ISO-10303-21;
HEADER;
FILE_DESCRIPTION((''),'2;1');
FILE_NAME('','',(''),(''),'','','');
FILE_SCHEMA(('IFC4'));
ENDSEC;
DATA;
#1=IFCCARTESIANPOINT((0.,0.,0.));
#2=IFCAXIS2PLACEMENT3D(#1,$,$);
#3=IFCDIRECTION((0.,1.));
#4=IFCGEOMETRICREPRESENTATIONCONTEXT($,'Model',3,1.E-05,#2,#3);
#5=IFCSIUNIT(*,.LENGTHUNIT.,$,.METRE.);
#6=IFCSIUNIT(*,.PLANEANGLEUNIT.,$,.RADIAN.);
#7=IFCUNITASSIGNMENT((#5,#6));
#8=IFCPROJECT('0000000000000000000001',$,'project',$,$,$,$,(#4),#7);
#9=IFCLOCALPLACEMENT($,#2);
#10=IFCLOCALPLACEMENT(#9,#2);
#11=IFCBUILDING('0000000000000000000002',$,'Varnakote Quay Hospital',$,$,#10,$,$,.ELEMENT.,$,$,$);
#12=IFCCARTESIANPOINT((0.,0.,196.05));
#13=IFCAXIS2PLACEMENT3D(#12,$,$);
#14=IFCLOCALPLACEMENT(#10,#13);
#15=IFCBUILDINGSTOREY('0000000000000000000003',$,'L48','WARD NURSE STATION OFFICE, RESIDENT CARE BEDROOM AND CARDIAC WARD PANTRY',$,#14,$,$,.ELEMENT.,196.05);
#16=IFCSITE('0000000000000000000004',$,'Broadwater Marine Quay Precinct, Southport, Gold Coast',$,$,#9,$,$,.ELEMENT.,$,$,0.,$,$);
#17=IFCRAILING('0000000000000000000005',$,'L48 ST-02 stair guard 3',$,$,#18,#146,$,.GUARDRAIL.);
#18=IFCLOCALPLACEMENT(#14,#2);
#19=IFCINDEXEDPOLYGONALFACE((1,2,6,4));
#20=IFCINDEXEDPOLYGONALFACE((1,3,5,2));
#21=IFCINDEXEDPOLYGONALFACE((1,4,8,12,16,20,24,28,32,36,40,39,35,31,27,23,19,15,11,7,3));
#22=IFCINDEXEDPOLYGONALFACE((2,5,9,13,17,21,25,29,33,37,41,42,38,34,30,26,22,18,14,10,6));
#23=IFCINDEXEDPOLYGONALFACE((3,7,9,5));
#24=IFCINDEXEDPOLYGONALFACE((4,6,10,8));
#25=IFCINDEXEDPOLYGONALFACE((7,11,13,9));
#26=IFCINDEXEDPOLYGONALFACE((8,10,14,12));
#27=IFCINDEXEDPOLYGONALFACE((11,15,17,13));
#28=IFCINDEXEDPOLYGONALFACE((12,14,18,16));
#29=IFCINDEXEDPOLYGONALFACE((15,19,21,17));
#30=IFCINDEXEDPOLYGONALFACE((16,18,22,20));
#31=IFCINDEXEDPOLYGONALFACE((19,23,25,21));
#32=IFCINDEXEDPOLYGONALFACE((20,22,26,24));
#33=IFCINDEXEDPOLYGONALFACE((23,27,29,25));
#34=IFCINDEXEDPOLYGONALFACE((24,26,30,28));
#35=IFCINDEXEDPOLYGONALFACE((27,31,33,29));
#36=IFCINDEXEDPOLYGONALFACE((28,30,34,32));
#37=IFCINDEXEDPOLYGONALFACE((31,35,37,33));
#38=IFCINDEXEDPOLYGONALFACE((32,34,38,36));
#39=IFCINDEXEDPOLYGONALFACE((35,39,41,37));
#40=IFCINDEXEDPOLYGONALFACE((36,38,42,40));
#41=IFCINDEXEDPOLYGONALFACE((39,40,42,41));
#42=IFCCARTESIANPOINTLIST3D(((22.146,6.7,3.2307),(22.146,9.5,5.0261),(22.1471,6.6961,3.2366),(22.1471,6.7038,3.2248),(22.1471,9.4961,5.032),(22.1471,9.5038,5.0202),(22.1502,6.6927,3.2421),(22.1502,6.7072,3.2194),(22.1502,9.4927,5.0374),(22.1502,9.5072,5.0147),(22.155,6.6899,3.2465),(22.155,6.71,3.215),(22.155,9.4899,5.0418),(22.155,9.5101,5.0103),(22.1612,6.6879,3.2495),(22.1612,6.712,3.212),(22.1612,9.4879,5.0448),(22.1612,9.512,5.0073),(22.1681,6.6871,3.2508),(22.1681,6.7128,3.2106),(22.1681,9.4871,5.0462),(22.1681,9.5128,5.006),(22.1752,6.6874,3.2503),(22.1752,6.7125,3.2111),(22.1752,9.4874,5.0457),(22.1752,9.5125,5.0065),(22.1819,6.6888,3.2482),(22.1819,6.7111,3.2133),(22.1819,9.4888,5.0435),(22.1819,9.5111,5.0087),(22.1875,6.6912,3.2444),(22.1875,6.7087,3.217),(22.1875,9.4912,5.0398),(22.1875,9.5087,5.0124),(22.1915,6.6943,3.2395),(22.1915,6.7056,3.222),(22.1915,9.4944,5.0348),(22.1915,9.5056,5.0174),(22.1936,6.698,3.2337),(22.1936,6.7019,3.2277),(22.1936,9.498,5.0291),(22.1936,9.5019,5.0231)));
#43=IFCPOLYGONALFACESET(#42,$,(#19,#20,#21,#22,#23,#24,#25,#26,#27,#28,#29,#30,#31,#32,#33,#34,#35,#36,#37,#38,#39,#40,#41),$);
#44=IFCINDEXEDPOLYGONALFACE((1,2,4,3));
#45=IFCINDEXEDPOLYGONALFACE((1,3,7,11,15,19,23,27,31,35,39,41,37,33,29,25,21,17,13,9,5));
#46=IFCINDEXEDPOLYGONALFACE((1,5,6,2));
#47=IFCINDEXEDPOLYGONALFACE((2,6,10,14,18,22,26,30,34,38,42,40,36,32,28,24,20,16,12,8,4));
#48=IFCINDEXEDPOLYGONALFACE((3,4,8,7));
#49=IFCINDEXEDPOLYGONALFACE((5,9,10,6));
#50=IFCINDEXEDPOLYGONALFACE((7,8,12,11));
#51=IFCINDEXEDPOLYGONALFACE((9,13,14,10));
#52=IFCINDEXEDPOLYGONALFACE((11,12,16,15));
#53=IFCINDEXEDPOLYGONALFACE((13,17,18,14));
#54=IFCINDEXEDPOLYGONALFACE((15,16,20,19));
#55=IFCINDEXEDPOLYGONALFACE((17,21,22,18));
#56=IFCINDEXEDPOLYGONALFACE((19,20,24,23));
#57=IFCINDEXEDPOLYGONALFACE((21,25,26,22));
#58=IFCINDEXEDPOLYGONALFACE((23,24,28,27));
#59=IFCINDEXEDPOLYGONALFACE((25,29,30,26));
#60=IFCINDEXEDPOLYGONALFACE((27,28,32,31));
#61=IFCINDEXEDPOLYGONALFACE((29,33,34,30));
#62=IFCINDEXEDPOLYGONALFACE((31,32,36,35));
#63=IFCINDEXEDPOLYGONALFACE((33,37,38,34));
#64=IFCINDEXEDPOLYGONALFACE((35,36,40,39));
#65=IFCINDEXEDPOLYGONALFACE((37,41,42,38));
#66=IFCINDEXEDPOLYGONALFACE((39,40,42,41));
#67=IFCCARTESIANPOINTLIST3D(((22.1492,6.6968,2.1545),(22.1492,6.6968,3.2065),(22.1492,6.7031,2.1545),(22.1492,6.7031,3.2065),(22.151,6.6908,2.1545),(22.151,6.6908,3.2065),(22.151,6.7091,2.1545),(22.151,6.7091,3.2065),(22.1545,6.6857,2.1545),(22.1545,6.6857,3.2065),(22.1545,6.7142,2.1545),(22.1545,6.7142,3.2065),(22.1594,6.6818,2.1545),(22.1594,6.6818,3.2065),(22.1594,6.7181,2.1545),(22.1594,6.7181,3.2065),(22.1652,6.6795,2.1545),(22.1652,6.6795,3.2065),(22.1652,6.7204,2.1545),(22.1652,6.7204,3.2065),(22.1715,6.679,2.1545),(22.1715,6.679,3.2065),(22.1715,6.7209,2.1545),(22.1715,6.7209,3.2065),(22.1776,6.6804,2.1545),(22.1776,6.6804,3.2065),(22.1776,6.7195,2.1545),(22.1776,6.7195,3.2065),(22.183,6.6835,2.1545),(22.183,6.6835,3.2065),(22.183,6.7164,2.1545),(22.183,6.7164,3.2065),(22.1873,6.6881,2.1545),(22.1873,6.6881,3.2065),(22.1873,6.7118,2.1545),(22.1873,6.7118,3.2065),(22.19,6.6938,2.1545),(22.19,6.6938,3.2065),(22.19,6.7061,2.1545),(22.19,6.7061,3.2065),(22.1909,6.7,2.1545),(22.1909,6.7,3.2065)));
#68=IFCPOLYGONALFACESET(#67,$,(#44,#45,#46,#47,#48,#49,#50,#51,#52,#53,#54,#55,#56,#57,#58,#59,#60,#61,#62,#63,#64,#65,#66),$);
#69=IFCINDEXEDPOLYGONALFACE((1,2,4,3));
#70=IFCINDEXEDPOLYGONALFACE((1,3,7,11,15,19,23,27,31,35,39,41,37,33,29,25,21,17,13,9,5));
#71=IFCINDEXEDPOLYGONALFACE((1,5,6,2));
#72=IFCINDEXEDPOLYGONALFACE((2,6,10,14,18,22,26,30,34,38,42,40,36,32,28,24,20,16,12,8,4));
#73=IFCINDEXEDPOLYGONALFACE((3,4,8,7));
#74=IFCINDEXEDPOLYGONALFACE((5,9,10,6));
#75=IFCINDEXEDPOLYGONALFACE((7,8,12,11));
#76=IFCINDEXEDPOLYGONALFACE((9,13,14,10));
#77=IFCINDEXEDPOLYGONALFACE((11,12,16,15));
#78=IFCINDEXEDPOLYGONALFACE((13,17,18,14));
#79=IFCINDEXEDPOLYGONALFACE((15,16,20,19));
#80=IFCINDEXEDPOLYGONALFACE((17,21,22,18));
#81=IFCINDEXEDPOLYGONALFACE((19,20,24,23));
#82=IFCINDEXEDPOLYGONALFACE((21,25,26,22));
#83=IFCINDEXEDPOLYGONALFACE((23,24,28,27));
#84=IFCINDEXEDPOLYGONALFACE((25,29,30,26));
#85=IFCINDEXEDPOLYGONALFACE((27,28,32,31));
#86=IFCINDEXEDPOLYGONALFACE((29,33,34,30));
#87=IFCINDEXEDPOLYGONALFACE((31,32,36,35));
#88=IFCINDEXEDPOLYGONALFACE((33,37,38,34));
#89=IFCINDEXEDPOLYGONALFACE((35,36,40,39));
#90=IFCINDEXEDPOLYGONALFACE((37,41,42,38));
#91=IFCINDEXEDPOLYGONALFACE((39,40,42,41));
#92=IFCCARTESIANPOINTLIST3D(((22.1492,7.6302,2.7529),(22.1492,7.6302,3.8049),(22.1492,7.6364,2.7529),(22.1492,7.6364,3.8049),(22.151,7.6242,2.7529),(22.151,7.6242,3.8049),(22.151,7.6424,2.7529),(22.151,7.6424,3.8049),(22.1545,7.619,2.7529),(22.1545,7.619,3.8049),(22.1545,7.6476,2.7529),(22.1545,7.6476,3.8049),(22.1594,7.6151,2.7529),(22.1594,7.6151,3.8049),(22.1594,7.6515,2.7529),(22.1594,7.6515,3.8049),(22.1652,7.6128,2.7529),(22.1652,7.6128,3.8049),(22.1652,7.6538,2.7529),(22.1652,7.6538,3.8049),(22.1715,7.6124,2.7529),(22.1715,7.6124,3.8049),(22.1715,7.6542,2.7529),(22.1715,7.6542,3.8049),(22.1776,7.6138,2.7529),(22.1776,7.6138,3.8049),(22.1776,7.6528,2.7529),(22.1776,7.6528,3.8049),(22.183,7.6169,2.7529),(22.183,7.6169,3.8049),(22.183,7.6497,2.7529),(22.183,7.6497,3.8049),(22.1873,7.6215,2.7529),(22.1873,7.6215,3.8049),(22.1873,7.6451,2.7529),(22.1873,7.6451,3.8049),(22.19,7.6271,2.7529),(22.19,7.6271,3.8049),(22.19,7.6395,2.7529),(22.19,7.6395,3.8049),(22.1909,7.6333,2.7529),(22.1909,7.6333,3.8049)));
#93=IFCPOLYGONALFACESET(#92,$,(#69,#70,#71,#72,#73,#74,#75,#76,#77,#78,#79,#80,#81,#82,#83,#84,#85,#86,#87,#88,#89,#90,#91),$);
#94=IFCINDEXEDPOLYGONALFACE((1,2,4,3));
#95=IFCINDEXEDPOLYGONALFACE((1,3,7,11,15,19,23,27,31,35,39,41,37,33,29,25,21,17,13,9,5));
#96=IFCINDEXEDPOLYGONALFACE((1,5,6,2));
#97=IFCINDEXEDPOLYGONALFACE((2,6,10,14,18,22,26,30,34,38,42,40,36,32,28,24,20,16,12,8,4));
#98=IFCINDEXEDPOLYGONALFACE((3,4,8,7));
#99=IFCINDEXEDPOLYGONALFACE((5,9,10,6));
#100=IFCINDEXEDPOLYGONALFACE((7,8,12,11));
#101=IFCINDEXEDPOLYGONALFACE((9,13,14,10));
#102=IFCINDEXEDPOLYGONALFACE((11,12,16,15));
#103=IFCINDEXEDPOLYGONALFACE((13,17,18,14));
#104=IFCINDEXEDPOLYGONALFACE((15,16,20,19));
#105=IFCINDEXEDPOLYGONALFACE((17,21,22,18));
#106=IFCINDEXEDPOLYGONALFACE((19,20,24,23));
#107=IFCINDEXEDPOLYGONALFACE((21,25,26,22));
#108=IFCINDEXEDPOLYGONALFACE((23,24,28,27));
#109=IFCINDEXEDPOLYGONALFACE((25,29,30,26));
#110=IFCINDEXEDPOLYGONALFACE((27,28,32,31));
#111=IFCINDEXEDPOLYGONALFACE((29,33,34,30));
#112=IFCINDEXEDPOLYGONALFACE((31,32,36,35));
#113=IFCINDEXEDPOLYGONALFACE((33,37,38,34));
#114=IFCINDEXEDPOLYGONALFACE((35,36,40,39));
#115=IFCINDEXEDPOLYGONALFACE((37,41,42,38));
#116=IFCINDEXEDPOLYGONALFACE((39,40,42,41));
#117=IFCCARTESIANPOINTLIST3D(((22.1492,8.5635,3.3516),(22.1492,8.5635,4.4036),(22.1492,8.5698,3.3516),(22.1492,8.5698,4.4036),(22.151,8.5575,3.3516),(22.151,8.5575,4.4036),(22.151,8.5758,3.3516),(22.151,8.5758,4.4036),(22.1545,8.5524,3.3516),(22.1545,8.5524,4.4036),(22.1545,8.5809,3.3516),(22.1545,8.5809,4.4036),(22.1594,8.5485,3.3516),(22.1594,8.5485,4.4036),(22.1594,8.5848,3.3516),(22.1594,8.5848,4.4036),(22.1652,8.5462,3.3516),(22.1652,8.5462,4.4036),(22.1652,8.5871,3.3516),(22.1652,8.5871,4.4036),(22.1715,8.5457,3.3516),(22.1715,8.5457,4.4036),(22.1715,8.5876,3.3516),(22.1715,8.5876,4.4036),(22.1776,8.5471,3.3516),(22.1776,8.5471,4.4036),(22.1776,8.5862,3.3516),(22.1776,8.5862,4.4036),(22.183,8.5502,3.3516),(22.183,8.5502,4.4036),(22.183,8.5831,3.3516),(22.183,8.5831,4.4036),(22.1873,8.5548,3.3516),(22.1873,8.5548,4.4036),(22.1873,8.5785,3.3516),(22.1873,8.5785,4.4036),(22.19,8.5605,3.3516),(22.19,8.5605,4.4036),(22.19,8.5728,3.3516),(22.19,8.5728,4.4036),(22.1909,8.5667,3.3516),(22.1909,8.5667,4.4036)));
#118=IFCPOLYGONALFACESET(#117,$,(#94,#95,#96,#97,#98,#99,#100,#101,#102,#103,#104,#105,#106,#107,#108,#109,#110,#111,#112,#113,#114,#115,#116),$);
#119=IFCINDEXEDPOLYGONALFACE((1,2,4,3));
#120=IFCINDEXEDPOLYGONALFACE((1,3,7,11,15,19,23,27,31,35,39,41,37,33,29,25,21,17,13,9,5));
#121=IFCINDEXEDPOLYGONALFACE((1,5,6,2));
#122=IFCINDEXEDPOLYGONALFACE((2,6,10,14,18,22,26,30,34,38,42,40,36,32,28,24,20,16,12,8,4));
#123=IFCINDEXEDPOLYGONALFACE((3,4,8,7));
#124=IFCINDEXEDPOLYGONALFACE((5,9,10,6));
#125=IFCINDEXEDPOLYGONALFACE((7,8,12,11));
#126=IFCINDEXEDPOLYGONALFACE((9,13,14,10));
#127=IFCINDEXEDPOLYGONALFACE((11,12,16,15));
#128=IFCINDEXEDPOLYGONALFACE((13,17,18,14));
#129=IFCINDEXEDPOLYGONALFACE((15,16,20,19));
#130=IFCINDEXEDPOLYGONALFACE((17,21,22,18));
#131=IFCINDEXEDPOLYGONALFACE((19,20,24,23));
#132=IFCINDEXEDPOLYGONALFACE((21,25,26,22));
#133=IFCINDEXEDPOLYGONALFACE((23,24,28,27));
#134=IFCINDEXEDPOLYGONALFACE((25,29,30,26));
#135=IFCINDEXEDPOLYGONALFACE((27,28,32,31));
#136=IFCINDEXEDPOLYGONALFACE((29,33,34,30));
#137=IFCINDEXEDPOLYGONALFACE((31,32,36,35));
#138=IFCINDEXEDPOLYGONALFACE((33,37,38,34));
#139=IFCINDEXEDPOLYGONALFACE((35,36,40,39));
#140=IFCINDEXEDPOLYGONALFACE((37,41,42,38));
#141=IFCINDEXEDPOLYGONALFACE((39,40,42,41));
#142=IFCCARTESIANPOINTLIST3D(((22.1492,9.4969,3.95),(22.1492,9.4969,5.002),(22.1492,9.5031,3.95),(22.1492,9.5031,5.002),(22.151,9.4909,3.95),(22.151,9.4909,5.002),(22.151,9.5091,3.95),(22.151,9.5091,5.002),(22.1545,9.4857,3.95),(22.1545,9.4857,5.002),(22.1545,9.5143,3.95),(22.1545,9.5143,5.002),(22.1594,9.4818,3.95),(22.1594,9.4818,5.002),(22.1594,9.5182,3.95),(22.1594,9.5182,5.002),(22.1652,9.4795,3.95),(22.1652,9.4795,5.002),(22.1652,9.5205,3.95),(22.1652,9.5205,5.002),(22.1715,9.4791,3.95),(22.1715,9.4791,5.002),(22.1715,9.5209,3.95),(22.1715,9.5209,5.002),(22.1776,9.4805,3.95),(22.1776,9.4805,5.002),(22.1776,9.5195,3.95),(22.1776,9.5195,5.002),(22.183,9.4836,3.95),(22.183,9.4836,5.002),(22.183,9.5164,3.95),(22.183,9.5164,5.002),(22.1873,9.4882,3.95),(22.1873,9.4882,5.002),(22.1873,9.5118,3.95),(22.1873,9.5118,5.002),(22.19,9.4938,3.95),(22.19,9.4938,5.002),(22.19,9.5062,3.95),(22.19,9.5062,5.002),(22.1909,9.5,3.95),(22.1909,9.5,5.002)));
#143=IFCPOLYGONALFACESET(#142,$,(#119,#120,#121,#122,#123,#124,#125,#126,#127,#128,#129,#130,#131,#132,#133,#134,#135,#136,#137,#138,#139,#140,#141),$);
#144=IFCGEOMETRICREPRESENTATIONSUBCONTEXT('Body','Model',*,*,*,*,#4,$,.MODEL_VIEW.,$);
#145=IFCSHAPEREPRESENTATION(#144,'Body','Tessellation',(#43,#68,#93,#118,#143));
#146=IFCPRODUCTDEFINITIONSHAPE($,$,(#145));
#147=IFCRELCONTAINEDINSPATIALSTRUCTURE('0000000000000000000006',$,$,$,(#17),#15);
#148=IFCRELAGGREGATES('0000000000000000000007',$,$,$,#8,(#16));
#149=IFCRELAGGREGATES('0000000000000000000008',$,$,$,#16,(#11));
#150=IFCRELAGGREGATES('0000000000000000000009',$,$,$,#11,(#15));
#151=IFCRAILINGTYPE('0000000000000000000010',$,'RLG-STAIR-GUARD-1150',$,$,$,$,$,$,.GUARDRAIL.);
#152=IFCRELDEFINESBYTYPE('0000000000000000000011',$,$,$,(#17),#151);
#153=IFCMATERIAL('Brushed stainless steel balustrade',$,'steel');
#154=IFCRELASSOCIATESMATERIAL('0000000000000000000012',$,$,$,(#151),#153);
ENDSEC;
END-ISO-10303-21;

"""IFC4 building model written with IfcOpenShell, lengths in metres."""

from ifc_helpers import new_model, si_unit, direction, frame, origin, origin_2d, place, context, subcontext, project, spatial, circle, extrude, material, type_object, element, save


model = new_model("IFC4")

# Units and contexts
model_context = context("Model", 3, precision=1e-05, world=origin(), true_north=direction((0.0, 1.0)))
body_context = subcontext(model_context, "Body", "Model", "MODEL_VIEW")
ifc_project = project(units=[si_unit("LENGTHUNIT", "METRE"), si_unit("PLANEANGLEUNIT", "RADIAN")], contexts=[model_context])

# Site, building, storey
site_placement = place(None, origin())
site = spatial("IfcSite", under=ifc_project, at=site_placement, Name="Broadwater Marine Quay Precinct, Southport, Gold Coast", CompositionType="ELEMENT", RefElevation=0.0)
building_placement = place(site_placement, origin())
building = spatial("IfcBuilding", under=site, at=building_placement, Name="Varnakote Quay Hospital", CompositionType="ELEMENT")
storey_placement = place(building_placement, frame((0.0, 0.0, 196.05)))
storey = spatial("IfcBuildingStorey", under=building, at=storey_placement, Name="L48", Description="WARD NURSE STATION OFFICE, RESIDENT CARE BEDROOM AND CARDIAC WARD PANTRY", CompositionType="ELEMENT", Elevation=196.05)

# Railing
ifc_material_1 = material(Name="Brushed stainless steel balustrade", Category="steel")
railing_type_1 = type_object("IfcRailingType", Name="RLG-STAIR-GUARD-1150", PredefinedType="GUARDRAIL", material=ifc_material_1)
railing_1_placement = place(storey_placement, frame((22.1699, 6.7, 2.1545)))
element("IfcRailing", 1, at=railing_1_placement, inside=storey, type_object=railing_type_1, Name="L48 ST-02 stair guard 3", PredefinedType="GUARDRAIL", context=body_context, shape_type="SweptSolid", body=[
    extrude(circle(Radius=0.0239, at=origin_2d()), frame((0.0, 0.0, 1.0762), z_axis=(0.0, 0.84181, 0.539774), x_axis=(-1.0, 0.0, 0.0)), (0.0, 0.0, 1.0), 3.3262),
    extrude(circle(Radius=0.021, at=origin_2d()), origin(), (0.0, 0.0, 1.0), 1.052),
    extrude(circle(Radius=0.021, at=origin_2d()), frame((0.0, 0.9333, 0.5984)), (0.0, 0.0, 1.0), 1.052),
    extrude(circle(Radius=0.021, at=origin_2d()), frame((0.0, 1.8667, 1.197)), (0.0, 0.0, 1.0), 1.052),
    extrude(circle(Radius=0.021, at=origin_2d()), frame((0.0, 2.8, 1.7954)), (0.0, 0.0, 1.0), 1.052),
])

save(model, "model.ifc")
